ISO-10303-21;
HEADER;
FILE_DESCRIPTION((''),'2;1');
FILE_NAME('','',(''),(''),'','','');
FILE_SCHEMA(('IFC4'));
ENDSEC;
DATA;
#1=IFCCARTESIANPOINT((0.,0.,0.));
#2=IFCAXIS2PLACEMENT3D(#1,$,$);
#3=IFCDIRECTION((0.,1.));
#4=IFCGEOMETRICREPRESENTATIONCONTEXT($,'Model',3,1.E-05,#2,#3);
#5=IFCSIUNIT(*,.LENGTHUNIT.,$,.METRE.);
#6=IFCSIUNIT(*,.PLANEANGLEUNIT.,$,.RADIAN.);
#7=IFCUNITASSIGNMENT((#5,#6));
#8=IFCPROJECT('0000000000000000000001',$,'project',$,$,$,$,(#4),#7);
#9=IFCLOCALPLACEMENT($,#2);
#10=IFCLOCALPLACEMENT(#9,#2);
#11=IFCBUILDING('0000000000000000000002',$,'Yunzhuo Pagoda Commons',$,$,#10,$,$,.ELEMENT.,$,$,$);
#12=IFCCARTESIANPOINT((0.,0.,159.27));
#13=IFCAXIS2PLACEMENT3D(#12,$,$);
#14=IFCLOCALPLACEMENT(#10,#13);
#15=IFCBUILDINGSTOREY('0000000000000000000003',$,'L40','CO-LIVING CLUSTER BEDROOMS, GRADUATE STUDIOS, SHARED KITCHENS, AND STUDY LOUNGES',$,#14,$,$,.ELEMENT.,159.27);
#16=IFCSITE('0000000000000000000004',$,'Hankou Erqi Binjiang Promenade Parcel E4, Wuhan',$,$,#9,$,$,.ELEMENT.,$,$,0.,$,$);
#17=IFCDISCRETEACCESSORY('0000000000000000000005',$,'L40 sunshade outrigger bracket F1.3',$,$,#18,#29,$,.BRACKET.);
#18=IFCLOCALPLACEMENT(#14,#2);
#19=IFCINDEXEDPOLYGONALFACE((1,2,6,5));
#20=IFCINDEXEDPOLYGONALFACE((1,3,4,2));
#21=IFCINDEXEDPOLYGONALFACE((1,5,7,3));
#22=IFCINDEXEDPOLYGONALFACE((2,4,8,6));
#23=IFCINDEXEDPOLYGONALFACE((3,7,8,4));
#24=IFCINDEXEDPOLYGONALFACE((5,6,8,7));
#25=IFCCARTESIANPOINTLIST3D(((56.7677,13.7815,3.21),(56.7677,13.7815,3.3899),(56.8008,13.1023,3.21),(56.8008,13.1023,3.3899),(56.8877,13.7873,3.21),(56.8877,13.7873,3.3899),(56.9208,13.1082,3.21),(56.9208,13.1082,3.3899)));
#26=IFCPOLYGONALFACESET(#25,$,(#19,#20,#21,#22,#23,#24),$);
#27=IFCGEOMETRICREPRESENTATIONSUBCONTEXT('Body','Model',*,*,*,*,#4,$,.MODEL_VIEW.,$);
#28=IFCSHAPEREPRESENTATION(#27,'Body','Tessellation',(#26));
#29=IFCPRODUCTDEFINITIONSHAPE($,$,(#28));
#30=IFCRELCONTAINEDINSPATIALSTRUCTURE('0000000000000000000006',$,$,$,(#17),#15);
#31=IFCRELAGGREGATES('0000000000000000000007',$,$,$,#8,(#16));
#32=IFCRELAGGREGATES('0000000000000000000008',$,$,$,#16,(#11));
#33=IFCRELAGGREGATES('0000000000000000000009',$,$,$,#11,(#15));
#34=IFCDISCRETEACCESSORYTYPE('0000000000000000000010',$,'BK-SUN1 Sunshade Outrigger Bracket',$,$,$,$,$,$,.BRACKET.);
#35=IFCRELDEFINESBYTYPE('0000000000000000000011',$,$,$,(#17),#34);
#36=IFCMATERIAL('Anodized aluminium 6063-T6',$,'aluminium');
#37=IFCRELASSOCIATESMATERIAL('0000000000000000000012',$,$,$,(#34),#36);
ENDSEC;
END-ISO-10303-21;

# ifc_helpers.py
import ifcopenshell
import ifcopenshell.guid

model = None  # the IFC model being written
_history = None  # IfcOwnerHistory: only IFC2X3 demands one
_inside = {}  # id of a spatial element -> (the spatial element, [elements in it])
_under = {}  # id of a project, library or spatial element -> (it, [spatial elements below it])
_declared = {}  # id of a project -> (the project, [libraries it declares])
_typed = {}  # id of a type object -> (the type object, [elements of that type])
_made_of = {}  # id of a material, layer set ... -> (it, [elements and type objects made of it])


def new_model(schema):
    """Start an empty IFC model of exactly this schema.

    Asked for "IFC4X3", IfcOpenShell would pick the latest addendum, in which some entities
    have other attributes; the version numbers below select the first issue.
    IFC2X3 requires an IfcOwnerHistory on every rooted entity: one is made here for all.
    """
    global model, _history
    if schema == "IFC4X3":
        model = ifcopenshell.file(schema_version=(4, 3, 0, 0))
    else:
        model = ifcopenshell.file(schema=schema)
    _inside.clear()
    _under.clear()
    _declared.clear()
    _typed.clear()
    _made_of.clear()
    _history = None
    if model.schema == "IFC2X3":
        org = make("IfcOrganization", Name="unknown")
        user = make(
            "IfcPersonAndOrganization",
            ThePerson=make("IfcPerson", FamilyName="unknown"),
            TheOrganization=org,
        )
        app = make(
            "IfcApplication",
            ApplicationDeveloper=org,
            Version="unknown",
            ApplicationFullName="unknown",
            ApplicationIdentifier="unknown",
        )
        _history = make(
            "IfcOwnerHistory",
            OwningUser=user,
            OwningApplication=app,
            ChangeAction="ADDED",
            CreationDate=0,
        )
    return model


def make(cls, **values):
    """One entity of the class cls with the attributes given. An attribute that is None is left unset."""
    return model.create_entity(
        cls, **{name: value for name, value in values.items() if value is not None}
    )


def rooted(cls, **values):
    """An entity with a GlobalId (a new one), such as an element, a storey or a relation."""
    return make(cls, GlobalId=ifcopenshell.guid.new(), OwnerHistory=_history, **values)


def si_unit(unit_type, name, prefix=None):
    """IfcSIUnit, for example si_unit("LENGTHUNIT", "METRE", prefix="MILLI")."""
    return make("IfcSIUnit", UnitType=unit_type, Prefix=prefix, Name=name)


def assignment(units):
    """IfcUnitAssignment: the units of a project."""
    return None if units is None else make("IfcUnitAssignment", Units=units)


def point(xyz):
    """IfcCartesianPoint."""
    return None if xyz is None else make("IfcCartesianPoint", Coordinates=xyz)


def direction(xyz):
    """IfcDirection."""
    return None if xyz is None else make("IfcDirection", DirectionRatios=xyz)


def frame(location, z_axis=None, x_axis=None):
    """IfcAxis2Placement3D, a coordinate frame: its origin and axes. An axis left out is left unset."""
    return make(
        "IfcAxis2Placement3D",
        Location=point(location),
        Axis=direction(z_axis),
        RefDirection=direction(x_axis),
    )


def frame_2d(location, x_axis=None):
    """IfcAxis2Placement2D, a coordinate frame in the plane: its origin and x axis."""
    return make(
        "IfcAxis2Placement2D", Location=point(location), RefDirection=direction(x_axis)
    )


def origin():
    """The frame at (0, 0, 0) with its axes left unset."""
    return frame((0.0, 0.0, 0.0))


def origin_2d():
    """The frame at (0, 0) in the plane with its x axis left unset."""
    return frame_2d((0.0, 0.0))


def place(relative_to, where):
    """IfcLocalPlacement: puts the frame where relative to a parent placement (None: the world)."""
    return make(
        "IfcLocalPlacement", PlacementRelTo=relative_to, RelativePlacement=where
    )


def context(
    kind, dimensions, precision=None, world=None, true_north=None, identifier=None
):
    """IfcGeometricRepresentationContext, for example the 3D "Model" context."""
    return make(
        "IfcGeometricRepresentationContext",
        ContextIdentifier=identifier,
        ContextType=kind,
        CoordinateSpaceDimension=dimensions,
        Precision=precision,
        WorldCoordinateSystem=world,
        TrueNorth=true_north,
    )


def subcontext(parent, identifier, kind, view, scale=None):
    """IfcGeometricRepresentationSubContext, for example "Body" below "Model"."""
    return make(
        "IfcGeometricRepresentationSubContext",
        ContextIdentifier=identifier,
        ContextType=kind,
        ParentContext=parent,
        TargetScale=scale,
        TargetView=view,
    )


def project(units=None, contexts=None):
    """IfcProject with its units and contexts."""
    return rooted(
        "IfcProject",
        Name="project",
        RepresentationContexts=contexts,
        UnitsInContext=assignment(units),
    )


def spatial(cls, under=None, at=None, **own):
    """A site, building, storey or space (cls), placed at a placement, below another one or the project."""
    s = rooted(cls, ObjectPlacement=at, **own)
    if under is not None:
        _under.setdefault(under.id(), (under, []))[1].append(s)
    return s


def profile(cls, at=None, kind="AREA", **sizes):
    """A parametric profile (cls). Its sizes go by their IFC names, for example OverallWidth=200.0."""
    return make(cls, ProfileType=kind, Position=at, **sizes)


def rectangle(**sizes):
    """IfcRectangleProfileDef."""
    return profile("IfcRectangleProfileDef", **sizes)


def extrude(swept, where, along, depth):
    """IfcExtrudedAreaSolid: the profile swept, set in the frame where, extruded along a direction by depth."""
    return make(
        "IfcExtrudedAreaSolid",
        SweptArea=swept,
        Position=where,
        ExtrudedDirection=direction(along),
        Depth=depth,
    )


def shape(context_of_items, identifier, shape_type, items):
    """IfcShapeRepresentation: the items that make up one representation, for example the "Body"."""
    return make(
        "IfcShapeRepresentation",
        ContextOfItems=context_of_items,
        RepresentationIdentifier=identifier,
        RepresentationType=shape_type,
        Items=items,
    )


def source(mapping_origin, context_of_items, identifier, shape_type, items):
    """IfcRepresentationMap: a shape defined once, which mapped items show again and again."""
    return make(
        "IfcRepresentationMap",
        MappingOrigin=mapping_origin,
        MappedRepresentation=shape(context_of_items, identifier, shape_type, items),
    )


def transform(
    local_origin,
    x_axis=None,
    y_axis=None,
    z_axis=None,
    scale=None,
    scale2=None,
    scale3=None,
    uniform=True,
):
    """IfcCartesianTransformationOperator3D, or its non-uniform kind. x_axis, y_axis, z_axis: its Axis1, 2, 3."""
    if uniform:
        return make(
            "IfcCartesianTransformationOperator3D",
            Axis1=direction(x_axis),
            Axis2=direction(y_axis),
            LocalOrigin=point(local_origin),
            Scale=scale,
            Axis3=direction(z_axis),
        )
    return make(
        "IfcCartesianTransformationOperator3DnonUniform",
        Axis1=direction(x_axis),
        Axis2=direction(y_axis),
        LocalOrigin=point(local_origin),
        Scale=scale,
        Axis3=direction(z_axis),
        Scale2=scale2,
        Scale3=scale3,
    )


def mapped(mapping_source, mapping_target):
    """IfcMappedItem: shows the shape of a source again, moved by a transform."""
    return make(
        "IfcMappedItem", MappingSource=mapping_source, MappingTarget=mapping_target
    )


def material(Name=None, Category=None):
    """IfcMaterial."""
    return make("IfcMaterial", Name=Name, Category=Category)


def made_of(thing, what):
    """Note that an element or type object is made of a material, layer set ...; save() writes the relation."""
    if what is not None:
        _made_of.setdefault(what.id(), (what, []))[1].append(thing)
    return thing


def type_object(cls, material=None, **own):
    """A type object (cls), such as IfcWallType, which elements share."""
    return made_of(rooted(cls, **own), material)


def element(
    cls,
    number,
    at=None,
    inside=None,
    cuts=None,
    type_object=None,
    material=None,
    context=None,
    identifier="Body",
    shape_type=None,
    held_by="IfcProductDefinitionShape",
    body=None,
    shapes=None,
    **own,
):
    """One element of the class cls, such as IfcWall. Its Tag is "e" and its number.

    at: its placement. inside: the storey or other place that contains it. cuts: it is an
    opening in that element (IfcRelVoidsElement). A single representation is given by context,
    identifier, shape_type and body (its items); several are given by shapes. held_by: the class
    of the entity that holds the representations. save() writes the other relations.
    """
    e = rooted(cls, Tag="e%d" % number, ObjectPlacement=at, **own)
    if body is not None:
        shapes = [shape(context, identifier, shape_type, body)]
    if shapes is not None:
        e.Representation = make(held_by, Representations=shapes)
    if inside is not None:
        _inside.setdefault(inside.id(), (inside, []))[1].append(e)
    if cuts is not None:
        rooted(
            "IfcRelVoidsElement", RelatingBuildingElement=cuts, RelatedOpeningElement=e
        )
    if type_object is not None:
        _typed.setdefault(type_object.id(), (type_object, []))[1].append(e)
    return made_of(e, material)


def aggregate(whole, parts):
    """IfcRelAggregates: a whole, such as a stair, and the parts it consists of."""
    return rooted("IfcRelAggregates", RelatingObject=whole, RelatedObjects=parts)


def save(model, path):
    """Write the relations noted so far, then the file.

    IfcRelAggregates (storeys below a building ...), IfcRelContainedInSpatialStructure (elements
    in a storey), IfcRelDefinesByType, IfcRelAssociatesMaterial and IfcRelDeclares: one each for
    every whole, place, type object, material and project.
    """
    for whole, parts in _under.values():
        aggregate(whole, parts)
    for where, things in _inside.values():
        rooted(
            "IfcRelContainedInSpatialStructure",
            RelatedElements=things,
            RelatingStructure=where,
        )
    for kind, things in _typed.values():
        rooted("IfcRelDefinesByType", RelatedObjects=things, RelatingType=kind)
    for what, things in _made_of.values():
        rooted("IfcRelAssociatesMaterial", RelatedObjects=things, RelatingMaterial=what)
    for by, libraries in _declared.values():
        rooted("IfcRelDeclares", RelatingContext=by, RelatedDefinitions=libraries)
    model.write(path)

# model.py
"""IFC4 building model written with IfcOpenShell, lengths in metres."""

from ifc_helpers import new_model, si_unit, direction, frame, origin, origin_2d, place, context, subcontext, project, spatial, rectangle, extrude, source, transform, mapped, material, type_object, element, save


model = new_model("IFC4")

# Units and contexts
model_context = context("Model", 3, precision=1e-05, world=origin(), true_north=direction((0.0, 1.0)))
body_context = subcontext(model_context, "Body", "Model", "MODEL_VIEW")
ifc_project = project(units=[si_unit("LENGTHUNIT", "METRE"), si_unit("PLANEANGLEUNIT", "RADIAN")], contexts=[model_context])

# Site, building, storey
site_placement = place(None, origin())
site = spatial("IfcSite", under=ifc_project, at=site_placement, Name="Hankou Erqi Binjiang Promenade Parcel E4, Wuhan", CompositionType="ELEMENT", RefElevation=0.0)
building_placement = place(site_placement, origin())
building = spatial("IfcBuilding", under=site, at=building_placement, Name="Yunzhuo Pagoda Commons", CompositionType="ELEMENT")
storey_placement = place(building_placement, frame((0.0, 0.0, 159.27)))
storey = spatial("IfcBuildingStorey", under=building, at=storey_placement, Name="L40", Description="CO-LIVING CLUSTER BEDROOMS, GRADUATE STUDIOS, SHARED KITCHENS, AND STUDY LOUNGES", CompositionType="ELEMENT", Elevation=159.27)

# Shared definitions
ifc_material_1 = material(Name="Anodized aluminium 6063-T6", Category="aluminium")

# Discrete accessory
discrete_accessory_type = type_object("IfcDiscreteAccessoryType", Name="BK-SUN1 Sunshade Outrigger Bracket", PredefinedType="BRACKET", material=ifc_material_1)
shared_shape_1 = source(origin(), body_context, "Body", "SweptSolid", [
    extrude(rectangle(XDim=0.1201, YDim=0.6799, at=origin_2d()), origin(), (0.0, 0.0, 1.0), 0.1799),
])
discrete_accessory_placement = place(storey_placement, frame((56.8442, 13.4448, 3.21), z_axis=(0.0, 0.0, 1.0), x_axis=(0.998818, 0.048606, 0.0)))
element("IfcDiscreteAccessory", 1, at=discrete_accessory_placement, inside=storey, type_object=discrete_accessory_type, Name="L40 sunshade outrigger bracket F1.3", PredefinedType="BRACKET", context=body_context, shape_type="MappedRepresentation", body=[
    mapped(shared_shape_1, transform((0.0, 0.0, 0.0), scale=1.0)),
])

save(model, "model.ifc")
